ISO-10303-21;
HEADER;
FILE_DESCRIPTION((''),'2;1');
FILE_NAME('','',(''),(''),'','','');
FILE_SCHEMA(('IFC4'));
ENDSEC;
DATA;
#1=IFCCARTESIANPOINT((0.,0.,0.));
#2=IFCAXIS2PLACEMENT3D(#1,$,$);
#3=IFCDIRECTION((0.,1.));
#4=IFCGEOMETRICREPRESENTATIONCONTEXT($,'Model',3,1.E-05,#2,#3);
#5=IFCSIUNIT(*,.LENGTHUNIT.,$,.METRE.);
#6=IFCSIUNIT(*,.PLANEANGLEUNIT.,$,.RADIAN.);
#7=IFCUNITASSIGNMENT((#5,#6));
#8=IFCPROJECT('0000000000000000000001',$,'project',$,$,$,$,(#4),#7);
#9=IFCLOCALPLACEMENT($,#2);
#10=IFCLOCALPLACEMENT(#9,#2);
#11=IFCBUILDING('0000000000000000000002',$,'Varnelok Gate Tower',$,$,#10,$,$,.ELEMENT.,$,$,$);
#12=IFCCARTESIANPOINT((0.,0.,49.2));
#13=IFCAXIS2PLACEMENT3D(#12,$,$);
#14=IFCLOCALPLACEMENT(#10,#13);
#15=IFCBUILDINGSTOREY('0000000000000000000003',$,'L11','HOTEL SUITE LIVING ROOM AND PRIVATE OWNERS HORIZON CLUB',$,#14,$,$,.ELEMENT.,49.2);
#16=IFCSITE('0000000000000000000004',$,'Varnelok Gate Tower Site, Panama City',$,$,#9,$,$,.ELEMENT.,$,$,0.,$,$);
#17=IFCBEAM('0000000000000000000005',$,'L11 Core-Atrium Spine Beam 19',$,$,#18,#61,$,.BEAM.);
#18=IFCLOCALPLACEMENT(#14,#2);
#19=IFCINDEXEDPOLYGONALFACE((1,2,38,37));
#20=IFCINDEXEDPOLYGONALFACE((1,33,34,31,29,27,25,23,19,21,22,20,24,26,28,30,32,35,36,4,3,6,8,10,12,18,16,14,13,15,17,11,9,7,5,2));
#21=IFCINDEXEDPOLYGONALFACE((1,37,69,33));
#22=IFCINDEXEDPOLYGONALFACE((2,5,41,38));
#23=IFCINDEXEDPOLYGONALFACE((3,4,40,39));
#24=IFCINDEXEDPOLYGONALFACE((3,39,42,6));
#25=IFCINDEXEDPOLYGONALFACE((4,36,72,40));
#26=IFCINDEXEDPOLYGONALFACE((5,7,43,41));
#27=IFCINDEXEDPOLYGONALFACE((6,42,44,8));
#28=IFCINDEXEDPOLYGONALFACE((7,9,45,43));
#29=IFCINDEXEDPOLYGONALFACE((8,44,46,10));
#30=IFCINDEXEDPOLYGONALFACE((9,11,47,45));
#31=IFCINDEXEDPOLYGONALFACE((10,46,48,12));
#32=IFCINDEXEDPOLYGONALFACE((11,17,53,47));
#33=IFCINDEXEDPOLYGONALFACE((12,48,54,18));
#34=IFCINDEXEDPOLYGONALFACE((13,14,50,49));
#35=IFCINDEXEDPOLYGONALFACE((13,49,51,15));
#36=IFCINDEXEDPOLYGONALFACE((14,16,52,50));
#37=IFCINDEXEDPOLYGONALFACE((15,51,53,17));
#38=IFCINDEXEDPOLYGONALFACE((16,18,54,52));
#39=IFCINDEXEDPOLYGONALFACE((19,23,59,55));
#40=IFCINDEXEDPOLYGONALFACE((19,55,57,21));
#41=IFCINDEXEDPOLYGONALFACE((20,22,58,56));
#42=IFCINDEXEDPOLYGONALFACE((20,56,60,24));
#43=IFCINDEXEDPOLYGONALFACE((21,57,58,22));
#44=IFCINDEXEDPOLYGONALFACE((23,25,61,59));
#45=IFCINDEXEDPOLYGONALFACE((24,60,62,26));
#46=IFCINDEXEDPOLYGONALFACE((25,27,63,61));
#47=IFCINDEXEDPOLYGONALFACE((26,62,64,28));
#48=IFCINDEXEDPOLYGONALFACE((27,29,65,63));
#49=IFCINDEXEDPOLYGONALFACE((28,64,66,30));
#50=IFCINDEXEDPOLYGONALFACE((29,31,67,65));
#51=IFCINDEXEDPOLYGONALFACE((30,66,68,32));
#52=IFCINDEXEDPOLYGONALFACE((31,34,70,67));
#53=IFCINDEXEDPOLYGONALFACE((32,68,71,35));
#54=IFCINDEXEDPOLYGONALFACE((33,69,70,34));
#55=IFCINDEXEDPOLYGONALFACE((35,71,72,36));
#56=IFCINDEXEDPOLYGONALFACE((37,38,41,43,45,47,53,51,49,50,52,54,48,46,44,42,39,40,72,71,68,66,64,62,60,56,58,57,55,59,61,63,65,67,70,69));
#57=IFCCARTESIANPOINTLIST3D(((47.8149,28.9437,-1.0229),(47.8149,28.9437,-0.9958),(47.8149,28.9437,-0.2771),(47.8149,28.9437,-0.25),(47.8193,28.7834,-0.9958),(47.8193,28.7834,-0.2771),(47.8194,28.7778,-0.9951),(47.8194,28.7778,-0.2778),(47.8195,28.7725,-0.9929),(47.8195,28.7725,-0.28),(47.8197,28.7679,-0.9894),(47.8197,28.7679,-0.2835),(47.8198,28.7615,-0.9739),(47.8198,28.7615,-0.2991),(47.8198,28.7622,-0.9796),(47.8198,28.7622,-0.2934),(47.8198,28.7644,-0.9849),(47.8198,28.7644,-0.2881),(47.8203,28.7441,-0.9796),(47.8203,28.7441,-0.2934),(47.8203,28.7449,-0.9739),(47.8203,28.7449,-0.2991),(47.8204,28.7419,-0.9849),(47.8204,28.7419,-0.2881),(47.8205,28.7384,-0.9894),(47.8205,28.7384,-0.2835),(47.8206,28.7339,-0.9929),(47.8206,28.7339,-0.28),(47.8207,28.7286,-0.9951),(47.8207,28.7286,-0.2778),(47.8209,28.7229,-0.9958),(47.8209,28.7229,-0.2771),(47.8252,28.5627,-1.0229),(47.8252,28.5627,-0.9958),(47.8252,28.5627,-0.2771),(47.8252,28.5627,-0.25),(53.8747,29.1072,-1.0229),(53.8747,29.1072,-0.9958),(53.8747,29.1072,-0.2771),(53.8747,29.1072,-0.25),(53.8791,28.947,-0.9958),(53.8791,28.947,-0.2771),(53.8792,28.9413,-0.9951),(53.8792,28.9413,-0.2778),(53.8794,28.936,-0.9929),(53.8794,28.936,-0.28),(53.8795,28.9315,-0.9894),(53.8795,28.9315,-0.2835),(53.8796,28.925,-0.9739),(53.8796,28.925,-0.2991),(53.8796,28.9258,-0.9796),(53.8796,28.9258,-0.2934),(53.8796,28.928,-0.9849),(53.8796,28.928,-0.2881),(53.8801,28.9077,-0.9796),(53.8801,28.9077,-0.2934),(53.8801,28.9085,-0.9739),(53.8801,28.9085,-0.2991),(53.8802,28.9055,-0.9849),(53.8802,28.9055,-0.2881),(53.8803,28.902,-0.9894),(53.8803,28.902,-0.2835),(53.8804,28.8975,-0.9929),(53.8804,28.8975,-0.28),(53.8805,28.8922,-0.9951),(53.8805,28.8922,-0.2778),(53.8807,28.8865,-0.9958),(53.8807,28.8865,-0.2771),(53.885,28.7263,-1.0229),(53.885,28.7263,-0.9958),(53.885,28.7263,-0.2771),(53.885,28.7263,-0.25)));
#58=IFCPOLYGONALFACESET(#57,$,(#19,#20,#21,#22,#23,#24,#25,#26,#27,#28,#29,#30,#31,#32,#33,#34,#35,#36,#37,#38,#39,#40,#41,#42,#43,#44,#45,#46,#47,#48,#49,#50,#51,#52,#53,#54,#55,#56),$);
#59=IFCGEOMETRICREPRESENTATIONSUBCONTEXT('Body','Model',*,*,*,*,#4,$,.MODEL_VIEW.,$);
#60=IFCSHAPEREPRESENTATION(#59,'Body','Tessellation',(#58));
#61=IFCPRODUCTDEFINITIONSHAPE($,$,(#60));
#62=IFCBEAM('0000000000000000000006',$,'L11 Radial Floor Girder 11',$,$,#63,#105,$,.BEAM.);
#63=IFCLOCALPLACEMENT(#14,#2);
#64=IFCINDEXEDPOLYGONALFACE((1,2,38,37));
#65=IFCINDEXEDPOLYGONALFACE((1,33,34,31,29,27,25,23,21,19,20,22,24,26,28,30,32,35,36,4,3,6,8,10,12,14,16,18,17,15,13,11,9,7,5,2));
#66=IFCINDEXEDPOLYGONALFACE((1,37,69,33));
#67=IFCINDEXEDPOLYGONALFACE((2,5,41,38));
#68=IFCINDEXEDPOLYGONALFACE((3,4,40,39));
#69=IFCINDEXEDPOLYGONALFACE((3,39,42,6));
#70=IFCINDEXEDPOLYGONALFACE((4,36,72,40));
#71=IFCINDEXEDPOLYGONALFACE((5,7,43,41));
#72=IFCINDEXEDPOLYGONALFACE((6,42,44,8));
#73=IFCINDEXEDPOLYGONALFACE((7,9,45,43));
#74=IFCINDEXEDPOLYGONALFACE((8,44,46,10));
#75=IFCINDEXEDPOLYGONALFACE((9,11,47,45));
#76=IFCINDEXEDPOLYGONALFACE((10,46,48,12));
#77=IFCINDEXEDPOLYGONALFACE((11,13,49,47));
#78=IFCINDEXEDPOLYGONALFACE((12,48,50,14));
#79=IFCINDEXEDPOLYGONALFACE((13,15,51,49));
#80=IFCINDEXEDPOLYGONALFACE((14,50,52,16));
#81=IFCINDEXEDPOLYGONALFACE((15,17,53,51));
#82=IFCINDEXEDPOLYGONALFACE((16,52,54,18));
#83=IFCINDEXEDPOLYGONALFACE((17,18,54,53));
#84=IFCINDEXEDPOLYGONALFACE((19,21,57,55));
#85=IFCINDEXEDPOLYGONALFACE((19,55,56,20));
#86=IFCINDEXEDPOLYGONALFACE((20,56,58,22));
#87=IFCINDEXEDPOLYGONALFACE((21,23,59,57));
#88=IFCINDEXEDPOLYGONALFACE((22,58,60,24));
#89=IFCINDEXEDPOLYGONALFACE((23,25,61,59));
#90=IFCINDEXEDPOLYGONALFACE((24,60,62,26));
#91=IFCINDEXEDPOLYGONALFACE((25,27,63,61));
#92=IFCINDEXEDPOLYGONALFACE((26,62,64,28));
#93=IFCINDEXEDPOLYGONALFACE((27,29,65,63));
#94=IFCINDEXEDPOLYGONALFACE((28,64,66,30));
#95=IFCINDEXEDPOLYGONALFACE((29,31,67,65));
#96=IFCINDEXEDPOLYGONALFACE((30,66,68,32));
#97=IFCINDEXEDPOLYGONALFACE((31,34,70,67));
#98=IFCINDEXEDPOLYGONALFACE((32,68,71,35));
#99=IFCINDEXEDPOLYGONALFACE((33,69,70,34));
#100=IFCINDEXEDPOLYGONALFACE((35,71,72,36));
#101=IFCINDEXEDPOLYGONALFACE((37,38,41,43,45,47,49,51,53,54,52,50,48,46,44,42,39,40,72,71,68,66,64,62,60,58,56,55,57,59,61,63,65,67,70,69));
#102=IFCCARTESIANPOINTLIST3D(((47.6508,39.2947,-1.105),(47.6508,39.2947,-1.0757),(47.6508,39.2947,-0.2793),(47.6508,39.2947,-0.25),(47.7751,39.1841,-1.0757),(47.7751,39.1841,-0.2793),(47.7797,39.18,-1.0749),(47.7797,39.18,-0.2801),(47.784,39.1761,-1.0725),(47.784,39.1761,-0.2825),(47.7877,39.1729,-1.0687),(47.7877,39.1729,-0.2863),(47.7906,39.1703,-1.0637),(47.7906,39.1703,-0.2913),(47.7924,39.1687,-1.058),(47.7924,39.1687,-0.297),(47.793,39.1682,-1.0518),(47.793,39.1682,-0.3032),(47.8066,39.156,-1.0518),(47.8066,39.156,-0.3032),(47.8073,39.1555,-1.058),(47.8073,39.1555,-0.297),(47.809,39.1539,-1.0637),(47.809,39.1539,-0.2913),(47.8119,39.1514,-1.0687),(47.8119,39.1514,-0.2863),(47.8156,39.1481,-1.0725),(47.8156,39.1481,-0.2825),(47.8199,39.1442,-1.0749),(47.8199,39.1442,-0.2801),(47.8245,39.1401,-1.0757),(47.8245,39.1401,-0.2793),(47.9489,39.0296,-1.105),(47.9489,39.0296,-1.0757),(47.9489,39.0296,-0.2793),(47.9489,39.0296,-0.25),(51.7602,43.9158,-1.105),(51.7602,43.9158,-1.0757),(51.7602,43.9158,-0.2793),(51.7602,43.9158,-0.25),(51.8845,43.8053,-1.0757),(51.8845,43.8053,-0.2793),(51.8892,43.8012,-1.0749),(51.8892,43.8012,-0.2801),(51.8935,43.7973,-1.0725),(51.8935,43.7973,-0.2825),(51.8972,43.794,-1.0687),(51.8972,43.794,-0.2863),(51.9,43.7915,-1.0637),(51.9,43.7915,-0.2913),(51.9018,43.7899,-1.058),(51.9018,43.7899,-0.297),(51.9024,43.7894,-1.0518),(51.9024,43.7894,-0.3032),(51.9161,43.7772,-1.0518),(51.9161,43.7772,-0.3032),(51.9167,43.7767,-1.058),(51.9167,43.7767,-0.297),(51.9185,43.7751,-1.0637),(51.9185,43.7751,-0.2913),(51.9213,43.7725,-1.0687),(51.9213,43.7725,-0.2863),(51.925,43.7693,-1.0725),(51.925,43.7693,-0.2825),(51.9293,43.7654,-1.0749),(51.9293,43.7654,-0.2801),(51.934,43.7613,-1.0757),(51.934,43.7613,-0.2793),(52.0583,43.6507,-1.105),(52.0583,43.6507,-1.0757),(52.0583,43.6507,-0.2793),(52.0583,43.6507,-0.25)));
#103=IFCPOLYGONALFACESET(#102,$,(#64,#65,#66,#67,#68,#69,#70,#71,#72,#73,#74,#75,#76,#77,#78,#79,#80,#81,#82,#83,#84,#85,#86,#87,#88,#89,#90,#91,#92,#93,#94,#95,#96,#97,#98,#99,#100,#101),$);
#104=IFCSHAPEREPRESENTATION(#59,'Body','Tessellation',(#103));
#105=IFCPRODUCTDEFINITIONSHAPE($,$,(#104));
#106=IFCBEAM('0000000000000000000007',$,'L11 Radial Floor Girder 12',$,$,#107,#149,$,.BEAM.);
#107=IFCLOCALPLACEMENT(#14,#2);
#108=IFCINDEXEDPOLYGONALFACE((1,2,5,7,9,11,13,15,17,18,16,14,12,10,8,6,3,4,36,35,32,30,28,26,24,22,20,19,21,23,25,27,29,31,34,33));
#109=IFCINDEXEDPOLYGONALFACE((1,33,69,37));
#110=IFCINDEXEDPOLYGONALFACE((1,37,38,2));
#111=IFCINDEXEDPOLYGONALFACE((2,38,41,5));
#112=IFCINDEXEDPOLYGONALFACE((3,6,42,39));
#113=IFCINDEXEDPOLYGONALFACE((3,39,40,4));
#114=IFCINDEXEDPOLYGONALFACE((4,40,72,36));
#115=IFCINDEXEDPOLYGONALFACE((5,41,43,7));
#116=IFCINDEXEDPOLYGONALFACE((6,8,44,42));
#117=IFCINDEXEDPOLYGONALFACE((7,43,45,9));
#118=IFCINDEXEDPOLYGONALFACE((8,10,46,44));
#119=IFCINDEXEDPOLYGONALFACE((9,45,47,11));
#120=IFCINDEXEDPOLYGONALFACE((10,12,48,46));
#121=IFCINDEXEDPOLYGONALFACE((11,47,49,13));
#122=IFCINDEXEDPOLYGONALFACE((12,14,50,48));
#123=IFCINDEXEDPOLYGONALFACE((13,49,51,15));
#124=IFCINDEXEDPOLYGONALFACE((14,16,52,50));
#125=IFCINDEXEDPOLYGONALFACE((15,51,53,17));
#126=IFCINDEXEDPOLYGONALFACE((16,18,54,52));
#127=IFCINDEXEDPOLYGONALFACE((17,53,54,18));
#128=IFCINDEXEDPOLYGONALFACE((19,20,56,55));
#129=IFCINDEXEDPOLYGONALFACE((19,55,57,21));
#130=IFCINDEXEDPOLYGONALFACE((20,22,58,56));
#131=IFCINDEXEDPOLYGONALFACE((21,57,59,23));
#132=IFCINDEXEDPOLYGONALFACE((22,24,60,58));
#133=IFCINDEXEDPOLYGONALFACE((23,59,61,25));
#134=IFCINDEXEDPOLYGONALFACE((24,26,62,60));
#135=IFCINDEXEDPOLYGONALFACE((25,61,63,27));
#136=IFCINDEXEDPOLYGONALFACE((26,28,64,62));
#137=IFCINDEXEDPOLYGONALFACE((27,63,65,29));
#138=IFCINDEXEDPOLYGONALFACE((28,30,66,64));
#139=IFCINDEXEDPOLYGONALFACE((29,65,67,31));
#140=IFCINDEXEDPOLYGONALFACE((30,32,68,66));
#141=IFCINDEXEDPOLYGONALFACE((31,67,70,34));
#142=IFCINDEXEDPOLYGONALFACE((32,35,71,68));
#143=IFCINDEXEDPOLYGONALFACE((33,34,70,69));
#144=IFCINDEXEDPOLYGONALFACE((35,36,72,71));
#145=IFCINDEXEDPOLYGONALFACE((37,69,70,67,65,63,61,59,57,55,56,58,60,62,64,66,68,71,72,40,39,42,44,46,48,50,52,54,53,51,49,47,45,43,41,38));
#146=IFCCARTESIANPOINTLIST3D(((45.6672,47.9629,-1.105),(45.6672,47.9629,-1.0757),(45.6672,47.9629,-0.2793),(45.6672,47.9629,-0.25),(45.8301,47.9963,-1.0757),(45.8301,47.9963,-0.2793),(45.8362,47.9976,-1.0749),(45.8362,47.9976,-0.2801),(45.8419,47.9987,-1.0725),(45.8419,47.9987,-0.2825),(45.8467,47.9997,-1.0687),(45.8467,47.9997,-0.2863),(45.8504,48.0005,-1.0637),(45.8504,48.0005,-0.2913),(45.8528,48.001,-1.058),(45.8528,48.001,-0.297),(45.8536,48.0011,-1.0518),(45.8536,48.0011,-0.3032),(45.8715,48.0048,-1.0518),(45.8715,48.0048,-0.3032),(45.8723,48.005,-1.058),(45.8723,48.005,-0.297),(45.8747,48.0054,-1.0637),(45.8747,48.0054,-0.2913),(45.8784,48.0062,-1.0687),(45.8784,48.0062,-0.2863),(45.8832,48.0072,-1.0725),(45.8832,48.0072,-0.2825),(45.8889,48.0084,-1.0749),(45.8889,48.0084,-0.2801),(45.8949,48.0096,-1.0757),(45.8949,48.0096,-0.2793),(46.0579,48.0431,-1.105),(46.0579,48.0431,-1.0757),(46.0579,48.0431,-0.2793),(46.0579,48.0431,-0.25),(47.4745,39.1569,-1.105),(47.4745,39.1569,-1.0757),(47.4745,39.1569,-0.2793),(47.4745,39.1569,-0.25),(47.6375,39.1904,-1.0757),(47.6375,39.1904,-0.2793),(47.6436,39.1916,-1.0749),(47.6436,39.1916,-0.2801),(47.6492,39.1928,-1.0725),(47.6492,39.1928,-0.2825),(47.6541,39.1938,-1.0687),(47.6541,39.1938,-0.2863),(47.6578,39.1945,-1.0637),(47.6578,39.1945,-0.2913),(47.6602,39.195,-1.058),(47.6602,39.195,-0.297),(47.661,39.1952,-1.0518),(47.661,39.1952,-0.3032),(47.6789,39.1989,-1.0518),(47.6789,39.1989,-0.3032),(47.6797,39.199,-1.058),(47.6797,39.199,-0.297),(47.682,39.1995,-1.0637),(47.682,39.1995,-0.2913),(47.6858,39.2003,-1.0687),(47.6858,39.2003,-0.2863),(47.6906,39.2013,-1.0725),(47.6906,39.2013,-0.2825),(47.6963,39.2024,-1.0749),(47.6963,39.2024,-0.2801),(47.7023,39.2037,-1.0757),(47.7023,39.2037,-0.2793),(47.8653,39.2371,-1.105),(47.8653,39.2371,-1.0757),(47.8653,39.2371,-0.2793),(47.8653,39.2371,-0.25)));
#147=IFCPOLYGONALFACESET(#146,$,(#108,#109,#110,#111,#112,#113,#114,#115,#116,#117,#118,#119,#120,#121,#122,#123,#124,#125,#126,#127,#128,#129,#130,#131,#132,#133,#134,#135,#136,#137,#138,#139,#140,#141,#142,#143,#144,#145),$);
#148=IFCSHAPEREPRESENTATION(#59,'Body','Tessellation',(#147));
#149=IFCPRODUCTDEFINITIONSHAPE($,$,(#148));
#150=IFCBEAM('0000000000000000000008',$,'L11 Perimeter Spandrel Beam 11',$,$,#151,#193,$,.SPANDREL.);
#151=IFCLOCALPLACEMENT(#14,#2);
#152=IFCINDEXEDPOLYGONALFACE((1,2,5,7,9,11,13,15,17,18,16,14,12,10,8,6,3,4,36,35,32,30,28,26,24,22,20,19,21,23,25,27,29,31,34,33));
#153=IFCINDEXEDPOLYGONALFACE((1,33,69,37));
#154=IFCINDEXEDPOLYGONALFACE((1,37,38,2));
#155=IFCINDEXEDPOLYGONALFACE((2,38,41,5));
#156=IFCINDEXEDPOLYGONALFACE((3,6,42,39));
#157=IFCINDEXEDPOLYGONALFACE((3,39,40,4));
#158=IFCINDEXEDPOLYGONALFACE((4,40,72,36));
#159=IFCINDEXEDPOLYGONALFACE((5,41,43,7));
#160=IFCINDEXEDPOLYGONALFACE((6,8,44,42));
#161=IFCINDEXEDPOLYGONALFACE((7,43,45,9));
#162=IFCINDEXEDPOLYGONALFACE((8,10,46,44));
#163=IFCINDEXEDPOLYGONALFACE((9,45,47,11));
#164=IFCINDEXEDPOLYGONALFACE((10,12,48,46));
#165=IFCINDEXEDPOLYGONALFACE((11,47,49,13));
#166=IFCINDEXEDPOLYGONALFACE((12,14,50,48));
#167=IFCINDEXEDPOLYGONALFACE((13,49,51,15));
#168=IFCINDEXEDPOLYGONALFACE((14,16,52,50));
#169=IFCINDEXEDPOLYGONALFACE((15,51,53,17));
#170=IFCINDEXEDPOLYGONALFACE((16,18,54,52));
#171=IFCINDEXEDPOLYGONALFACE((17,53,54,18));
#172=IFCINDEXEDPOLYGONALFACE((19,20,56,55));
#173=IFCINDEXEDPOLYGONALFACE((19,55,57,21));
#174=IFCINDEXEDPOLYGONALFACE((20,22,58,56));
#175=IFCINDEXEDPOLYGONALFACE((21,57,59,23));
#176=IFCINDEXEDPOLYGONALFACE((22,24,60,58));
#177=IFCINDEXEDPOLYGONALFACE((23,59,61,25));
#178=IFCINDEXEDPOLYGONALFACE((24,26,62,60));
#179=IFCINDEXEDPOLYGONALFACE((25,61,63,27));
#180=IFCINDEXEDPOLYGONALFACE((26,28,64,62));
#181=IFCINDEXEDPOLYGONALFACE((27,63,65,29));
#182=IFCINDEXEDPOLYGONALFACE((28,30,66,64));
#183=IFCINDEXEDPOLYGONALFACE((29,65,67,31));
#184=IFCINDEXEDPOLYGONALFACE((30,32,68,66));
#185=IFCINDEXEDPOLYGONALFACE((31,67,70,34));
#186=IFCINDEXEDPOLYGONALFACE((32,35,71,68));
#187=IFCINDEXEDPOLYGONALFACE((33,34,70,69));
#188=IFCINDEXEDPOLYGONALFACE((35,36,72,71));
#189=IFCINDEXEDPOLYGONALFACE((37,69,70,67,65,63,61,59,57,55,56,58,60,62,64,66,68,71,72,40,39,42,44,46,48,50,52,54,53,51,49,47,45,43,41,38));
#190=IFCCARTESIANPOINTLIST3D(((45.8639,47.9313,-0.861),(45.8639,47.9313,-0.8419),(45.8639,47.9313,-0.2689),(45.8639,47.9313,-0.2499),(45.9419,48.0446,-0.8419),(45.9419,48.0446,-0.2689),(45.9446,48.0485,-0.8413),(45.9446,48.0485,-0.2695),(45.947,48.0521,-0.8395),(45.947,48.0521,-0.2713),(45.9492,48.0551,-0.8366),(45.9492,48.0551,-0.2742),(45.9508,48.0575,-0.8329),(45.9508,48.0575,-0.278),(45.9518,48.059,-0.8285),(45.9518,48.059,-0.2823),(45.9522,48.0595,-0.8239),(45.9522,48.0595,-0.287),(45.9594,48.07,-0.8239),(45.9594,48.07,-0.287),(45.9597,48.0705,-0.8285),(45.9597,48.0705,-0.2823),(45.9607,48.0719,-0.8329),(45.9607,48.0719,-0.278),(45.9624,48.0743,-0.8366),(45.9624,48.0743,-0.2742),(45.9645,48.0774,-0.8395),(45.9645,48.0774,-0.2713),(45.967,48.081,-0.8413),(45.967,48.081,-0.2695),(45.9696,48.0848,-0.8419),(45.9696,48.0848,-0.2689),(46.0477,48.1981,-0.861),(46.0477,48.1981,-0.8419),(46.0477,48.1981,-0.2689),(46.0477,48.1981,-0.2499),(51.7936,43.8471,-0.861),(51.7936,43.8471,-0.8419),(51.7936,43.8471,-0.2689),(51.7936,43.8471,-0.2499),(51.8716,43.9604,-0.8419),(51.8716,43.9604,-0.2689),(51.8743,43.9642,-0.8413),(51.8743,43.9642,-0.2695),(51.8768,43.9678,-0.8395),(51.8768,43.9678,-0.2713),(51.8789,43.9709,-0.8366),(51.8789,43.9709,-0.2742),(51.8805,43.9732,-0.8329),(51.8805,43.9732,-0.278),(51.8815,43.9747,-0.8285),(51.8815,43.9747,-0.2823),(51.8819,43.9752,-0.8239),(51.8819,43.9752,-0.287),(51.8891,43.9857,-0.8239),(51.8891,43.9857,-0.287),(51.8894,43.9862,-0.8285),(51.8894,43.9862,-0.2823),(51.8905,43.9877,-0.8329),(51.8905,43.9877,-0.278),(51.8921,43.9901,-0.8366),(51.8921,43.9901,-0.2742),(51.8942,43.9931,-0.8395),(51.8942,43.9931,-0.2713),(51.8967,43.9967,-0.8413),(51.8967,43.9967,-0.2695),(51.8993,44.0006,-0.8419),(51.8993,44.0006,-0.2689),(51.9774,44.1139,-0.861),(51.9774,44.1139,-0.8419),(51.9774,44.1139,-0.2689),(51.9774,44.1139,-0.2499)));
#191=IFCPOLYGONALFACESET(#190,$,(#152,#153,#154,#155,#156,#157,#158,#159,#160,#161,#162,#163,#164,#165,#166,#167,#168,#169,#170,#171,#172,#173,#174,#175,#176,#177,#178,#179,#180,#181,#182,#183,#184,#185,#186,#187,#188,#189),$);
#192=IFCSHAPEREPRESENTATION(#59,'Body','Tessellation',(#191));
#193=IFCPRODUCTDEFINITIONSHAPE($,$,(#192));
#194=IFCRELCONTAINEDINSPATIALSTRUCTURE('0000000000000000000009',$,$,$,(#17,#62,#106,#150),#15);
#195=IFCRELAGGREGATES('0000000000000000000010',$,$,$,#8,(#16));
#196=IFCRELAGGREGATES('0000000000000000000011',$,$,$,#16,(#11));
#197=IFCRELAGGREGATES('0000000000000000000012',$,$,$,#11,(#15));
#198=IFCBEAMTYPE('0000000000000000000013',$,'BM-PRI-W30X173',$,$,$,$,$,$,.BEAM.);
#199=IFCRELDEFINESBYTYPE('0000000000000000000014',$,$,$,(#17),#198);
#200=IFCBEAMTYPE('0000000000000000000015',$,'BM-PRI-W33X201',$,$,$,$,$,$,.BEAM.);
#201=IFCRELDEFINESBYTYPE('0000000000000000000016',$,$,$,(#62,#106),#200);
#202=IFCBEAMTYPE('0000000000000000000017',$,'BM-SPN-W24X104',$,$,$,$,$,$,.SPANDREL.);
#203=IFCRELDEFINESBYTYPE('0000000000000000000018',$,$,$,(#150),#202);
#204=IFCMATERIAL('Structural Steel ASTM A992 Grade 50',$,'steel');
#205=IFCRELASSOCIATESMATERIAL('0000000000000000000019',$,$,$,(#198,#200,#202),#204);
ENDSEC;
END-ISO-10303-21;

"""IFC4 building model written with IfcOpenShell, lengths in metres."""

from ifc_helpers import new_model, si_unit, direction, frame, origin, origin_2d, place, context, subcontext, project, spatial, i_section, extrude, material, material_profile, profile_set, type_object, element, save


model = new_model("IFC4")

# Units and contexts
model_context = context("Model", 3, precision=1e-05, world=origin(), true_north=direction((0.0, 1.0)))
body_context = subcontext(model_context, "Body", "Model", "MODEL_VIEW")
ifc_project = project(units=[si_unit("LENGTHUNIT", "METRE"), si_unit("PLANEANGLEUNIT", "RADIAN")], contexts=[model_context])

# Site, building, storey
site_placement = place(None, origin())
site = spatial("IfcSite", under=ifc_project, at=site_placement, Name="Varnelok Gate Tower Site, Panama City", CompositionType="ELEMENT", RefElevation=0.0)
building_placement = place(site_placement, origin())
building = spatial("IfcBuilding", under=site, at=building_placement, Name="Varnelok Gate Tower", CompositionType="ELEMENT")
storey_placement = place(building_placement, frame((0.0, 0.0, 49.2)))
storey = spatial("IfcBuildingStorey", under=building, at=storey_placement, Name="L11", Description="HOTEL SUITE LIVING ROOM AND PRIVATE OWNERS HORIZON CLUB", CompositionType="ELEMENT", Elevation=49.2)

# Shared definitions
ifc_material_1 = material(Name="Structural Steel ASTM A992 Grade 50", Category="steel")

# Beams
ifc_material_profile_1 = material_profile(ifc_material_1, i_section(OverallWidth=0.3811, OverallDepth=0.7729, WebThickness=0.0166, FlangeThickness=0.0271, FilletRadius=0.022, at=origin_2d()), Name="W30X173")
ifc_profile_set_1 = profile_set([ifc_material_profile_1], Name="Structural Steel ASTM A992 Grade 50")
beam_type_1 = type_object("IfcBeamType", Name="BM-PRI-W30X173", PredefinedType="BEAM", material=ifc_profile_set_1)
beam_1_placement = place(storey_placement, frame((47.8201, 28.7532, -0.6365), z_axis=(0.999636, 0.026983, 0.0), x_axis=(-0.026983, 0.999636, 0.0)))
element("IfcBeam", 1, at=beam_1_placement, inside=storey, type_object=beam_type_1, Name="L11 Core-Atrium Spine Beam 19", PredefinedType="BEAM", context=body_context, shape_type="SweptSolid", body=[
    extrude(i_section(OverallWidth=0.3811, OverallDepth=0.7729, WebThickness=0.0166, FlangeThickness=0.0271, FilletRadius=0.022, at=origin_2d()), origin(), (0.0, 0.0, 1.0), 6.062),
])
ifc_material_profile_2 = material_profile(ifc_material_1, i_section(OverallWidth=0.3989, OverallDepth=0.855, WebThickness=0.0183, FlangeThickness=0.0293, FilletRadius=0.0239, at=origin_2d()), Name="W33X201")
ifc_profile_set_2 = profile_set([ifc_material_profile_2], Name="Structural Steel ASTM A992 Grade 50")
beam_type_2 = type_object("IfcBeamType", Name="BM-PRI-W33X201", PredefinedType="BEAM", material=ifc_profile_set_2)
beam_2_placement = place(storey_placement, frame((47.7998, 39.1621, -0.6775), z_axis=(0.664521, 0.74727, 0.0), x_axis=(-0.74727, 0.664521, 0.0)))
element("IfcBeam", 2, at=beam_2_placement, inside=storey, type_object=beam_type_2, Name="L11 Radial Floor Girder 11", PredefinedType="BEAM", context=body_context, shape_type="SweptSolid", body=[
    extrude(i_section(OverallWidth=0.3989, OverallDepth=0.855, WebThickness=0.0183, FlangeThickness=0.0293, FilletRadius=0.0239, at=origin_2d()), origin(), (0.0, 0.0, 1.0), 6.1841),
])
beam_3_placement = place(storey_placement, frame((47.6699, 39.197, -0.6775), z_axis=(-0.201054, 0.97958, 0.0), x_axis=(-0.97958, -0.201054, 0.0)))
element("IfcBeam", 3, at=beam_3_placement, inside=storey, type_object=beam_type_2, Name="L11 Radial Floor Girder 12", PredefinedType="BEAM", context=body_context, shape_type="SweptSolid", body=[
    extrude(i_section(OverallWidth=0.3989, OverallDepth=0.855, WebThickness=0.0183, FlangeThickness=0.0293, FilletRadius=0.0239, at=origin_2d()), origin(), (0.0, 0.0, 1.0), 8.9895),
])
ifc_material_profile_3 = material_profile(ifc_material_1, i_section(OverallWidth=0.324, OverallDepth=0.6111, WebThickness=0.0127, FlangeThickness=0.019, FilletRadius=0.0181, at=origin_2d()), Name="W24X104")
ifc_profile_set_3 = profile_set([ifc_material_profile_3], Name="Structural Steel ASTM A992 Grade 50")
beam_type_3 = type_object("IfcBeamType", Name="BM-SPN-W24X104", PredefinedType="SPANDREL", material=ifc_profile_set_3)
beam_4_placement = place(storey_placement, frame((51.8855, 43.9805, -0.5554), z_axis=(-0.823551, 0.567242, 0.0), x_axis=(-0.567242, -0.823551, 0.0)))
element("IfcBeam", 4, at=beam_4_placement, inside=storey, type_object=beam_type_3, Name="L11 Perimeter Spandrel Beam 11", PredefinedType="SPANDREL", context=body_context, shape_type="SweptSolid", body=[
    extrude(i_section(OverallWidth=0.324, OverallDepth=0.6111, WebThickness=0.0127, FlangeThickness=0.019, FilletRadius=0.0181, at=origin_2d()), origin(), (0.0, 0.0, 1.0), 7.2002),
])

save(model, "model.ifc")
